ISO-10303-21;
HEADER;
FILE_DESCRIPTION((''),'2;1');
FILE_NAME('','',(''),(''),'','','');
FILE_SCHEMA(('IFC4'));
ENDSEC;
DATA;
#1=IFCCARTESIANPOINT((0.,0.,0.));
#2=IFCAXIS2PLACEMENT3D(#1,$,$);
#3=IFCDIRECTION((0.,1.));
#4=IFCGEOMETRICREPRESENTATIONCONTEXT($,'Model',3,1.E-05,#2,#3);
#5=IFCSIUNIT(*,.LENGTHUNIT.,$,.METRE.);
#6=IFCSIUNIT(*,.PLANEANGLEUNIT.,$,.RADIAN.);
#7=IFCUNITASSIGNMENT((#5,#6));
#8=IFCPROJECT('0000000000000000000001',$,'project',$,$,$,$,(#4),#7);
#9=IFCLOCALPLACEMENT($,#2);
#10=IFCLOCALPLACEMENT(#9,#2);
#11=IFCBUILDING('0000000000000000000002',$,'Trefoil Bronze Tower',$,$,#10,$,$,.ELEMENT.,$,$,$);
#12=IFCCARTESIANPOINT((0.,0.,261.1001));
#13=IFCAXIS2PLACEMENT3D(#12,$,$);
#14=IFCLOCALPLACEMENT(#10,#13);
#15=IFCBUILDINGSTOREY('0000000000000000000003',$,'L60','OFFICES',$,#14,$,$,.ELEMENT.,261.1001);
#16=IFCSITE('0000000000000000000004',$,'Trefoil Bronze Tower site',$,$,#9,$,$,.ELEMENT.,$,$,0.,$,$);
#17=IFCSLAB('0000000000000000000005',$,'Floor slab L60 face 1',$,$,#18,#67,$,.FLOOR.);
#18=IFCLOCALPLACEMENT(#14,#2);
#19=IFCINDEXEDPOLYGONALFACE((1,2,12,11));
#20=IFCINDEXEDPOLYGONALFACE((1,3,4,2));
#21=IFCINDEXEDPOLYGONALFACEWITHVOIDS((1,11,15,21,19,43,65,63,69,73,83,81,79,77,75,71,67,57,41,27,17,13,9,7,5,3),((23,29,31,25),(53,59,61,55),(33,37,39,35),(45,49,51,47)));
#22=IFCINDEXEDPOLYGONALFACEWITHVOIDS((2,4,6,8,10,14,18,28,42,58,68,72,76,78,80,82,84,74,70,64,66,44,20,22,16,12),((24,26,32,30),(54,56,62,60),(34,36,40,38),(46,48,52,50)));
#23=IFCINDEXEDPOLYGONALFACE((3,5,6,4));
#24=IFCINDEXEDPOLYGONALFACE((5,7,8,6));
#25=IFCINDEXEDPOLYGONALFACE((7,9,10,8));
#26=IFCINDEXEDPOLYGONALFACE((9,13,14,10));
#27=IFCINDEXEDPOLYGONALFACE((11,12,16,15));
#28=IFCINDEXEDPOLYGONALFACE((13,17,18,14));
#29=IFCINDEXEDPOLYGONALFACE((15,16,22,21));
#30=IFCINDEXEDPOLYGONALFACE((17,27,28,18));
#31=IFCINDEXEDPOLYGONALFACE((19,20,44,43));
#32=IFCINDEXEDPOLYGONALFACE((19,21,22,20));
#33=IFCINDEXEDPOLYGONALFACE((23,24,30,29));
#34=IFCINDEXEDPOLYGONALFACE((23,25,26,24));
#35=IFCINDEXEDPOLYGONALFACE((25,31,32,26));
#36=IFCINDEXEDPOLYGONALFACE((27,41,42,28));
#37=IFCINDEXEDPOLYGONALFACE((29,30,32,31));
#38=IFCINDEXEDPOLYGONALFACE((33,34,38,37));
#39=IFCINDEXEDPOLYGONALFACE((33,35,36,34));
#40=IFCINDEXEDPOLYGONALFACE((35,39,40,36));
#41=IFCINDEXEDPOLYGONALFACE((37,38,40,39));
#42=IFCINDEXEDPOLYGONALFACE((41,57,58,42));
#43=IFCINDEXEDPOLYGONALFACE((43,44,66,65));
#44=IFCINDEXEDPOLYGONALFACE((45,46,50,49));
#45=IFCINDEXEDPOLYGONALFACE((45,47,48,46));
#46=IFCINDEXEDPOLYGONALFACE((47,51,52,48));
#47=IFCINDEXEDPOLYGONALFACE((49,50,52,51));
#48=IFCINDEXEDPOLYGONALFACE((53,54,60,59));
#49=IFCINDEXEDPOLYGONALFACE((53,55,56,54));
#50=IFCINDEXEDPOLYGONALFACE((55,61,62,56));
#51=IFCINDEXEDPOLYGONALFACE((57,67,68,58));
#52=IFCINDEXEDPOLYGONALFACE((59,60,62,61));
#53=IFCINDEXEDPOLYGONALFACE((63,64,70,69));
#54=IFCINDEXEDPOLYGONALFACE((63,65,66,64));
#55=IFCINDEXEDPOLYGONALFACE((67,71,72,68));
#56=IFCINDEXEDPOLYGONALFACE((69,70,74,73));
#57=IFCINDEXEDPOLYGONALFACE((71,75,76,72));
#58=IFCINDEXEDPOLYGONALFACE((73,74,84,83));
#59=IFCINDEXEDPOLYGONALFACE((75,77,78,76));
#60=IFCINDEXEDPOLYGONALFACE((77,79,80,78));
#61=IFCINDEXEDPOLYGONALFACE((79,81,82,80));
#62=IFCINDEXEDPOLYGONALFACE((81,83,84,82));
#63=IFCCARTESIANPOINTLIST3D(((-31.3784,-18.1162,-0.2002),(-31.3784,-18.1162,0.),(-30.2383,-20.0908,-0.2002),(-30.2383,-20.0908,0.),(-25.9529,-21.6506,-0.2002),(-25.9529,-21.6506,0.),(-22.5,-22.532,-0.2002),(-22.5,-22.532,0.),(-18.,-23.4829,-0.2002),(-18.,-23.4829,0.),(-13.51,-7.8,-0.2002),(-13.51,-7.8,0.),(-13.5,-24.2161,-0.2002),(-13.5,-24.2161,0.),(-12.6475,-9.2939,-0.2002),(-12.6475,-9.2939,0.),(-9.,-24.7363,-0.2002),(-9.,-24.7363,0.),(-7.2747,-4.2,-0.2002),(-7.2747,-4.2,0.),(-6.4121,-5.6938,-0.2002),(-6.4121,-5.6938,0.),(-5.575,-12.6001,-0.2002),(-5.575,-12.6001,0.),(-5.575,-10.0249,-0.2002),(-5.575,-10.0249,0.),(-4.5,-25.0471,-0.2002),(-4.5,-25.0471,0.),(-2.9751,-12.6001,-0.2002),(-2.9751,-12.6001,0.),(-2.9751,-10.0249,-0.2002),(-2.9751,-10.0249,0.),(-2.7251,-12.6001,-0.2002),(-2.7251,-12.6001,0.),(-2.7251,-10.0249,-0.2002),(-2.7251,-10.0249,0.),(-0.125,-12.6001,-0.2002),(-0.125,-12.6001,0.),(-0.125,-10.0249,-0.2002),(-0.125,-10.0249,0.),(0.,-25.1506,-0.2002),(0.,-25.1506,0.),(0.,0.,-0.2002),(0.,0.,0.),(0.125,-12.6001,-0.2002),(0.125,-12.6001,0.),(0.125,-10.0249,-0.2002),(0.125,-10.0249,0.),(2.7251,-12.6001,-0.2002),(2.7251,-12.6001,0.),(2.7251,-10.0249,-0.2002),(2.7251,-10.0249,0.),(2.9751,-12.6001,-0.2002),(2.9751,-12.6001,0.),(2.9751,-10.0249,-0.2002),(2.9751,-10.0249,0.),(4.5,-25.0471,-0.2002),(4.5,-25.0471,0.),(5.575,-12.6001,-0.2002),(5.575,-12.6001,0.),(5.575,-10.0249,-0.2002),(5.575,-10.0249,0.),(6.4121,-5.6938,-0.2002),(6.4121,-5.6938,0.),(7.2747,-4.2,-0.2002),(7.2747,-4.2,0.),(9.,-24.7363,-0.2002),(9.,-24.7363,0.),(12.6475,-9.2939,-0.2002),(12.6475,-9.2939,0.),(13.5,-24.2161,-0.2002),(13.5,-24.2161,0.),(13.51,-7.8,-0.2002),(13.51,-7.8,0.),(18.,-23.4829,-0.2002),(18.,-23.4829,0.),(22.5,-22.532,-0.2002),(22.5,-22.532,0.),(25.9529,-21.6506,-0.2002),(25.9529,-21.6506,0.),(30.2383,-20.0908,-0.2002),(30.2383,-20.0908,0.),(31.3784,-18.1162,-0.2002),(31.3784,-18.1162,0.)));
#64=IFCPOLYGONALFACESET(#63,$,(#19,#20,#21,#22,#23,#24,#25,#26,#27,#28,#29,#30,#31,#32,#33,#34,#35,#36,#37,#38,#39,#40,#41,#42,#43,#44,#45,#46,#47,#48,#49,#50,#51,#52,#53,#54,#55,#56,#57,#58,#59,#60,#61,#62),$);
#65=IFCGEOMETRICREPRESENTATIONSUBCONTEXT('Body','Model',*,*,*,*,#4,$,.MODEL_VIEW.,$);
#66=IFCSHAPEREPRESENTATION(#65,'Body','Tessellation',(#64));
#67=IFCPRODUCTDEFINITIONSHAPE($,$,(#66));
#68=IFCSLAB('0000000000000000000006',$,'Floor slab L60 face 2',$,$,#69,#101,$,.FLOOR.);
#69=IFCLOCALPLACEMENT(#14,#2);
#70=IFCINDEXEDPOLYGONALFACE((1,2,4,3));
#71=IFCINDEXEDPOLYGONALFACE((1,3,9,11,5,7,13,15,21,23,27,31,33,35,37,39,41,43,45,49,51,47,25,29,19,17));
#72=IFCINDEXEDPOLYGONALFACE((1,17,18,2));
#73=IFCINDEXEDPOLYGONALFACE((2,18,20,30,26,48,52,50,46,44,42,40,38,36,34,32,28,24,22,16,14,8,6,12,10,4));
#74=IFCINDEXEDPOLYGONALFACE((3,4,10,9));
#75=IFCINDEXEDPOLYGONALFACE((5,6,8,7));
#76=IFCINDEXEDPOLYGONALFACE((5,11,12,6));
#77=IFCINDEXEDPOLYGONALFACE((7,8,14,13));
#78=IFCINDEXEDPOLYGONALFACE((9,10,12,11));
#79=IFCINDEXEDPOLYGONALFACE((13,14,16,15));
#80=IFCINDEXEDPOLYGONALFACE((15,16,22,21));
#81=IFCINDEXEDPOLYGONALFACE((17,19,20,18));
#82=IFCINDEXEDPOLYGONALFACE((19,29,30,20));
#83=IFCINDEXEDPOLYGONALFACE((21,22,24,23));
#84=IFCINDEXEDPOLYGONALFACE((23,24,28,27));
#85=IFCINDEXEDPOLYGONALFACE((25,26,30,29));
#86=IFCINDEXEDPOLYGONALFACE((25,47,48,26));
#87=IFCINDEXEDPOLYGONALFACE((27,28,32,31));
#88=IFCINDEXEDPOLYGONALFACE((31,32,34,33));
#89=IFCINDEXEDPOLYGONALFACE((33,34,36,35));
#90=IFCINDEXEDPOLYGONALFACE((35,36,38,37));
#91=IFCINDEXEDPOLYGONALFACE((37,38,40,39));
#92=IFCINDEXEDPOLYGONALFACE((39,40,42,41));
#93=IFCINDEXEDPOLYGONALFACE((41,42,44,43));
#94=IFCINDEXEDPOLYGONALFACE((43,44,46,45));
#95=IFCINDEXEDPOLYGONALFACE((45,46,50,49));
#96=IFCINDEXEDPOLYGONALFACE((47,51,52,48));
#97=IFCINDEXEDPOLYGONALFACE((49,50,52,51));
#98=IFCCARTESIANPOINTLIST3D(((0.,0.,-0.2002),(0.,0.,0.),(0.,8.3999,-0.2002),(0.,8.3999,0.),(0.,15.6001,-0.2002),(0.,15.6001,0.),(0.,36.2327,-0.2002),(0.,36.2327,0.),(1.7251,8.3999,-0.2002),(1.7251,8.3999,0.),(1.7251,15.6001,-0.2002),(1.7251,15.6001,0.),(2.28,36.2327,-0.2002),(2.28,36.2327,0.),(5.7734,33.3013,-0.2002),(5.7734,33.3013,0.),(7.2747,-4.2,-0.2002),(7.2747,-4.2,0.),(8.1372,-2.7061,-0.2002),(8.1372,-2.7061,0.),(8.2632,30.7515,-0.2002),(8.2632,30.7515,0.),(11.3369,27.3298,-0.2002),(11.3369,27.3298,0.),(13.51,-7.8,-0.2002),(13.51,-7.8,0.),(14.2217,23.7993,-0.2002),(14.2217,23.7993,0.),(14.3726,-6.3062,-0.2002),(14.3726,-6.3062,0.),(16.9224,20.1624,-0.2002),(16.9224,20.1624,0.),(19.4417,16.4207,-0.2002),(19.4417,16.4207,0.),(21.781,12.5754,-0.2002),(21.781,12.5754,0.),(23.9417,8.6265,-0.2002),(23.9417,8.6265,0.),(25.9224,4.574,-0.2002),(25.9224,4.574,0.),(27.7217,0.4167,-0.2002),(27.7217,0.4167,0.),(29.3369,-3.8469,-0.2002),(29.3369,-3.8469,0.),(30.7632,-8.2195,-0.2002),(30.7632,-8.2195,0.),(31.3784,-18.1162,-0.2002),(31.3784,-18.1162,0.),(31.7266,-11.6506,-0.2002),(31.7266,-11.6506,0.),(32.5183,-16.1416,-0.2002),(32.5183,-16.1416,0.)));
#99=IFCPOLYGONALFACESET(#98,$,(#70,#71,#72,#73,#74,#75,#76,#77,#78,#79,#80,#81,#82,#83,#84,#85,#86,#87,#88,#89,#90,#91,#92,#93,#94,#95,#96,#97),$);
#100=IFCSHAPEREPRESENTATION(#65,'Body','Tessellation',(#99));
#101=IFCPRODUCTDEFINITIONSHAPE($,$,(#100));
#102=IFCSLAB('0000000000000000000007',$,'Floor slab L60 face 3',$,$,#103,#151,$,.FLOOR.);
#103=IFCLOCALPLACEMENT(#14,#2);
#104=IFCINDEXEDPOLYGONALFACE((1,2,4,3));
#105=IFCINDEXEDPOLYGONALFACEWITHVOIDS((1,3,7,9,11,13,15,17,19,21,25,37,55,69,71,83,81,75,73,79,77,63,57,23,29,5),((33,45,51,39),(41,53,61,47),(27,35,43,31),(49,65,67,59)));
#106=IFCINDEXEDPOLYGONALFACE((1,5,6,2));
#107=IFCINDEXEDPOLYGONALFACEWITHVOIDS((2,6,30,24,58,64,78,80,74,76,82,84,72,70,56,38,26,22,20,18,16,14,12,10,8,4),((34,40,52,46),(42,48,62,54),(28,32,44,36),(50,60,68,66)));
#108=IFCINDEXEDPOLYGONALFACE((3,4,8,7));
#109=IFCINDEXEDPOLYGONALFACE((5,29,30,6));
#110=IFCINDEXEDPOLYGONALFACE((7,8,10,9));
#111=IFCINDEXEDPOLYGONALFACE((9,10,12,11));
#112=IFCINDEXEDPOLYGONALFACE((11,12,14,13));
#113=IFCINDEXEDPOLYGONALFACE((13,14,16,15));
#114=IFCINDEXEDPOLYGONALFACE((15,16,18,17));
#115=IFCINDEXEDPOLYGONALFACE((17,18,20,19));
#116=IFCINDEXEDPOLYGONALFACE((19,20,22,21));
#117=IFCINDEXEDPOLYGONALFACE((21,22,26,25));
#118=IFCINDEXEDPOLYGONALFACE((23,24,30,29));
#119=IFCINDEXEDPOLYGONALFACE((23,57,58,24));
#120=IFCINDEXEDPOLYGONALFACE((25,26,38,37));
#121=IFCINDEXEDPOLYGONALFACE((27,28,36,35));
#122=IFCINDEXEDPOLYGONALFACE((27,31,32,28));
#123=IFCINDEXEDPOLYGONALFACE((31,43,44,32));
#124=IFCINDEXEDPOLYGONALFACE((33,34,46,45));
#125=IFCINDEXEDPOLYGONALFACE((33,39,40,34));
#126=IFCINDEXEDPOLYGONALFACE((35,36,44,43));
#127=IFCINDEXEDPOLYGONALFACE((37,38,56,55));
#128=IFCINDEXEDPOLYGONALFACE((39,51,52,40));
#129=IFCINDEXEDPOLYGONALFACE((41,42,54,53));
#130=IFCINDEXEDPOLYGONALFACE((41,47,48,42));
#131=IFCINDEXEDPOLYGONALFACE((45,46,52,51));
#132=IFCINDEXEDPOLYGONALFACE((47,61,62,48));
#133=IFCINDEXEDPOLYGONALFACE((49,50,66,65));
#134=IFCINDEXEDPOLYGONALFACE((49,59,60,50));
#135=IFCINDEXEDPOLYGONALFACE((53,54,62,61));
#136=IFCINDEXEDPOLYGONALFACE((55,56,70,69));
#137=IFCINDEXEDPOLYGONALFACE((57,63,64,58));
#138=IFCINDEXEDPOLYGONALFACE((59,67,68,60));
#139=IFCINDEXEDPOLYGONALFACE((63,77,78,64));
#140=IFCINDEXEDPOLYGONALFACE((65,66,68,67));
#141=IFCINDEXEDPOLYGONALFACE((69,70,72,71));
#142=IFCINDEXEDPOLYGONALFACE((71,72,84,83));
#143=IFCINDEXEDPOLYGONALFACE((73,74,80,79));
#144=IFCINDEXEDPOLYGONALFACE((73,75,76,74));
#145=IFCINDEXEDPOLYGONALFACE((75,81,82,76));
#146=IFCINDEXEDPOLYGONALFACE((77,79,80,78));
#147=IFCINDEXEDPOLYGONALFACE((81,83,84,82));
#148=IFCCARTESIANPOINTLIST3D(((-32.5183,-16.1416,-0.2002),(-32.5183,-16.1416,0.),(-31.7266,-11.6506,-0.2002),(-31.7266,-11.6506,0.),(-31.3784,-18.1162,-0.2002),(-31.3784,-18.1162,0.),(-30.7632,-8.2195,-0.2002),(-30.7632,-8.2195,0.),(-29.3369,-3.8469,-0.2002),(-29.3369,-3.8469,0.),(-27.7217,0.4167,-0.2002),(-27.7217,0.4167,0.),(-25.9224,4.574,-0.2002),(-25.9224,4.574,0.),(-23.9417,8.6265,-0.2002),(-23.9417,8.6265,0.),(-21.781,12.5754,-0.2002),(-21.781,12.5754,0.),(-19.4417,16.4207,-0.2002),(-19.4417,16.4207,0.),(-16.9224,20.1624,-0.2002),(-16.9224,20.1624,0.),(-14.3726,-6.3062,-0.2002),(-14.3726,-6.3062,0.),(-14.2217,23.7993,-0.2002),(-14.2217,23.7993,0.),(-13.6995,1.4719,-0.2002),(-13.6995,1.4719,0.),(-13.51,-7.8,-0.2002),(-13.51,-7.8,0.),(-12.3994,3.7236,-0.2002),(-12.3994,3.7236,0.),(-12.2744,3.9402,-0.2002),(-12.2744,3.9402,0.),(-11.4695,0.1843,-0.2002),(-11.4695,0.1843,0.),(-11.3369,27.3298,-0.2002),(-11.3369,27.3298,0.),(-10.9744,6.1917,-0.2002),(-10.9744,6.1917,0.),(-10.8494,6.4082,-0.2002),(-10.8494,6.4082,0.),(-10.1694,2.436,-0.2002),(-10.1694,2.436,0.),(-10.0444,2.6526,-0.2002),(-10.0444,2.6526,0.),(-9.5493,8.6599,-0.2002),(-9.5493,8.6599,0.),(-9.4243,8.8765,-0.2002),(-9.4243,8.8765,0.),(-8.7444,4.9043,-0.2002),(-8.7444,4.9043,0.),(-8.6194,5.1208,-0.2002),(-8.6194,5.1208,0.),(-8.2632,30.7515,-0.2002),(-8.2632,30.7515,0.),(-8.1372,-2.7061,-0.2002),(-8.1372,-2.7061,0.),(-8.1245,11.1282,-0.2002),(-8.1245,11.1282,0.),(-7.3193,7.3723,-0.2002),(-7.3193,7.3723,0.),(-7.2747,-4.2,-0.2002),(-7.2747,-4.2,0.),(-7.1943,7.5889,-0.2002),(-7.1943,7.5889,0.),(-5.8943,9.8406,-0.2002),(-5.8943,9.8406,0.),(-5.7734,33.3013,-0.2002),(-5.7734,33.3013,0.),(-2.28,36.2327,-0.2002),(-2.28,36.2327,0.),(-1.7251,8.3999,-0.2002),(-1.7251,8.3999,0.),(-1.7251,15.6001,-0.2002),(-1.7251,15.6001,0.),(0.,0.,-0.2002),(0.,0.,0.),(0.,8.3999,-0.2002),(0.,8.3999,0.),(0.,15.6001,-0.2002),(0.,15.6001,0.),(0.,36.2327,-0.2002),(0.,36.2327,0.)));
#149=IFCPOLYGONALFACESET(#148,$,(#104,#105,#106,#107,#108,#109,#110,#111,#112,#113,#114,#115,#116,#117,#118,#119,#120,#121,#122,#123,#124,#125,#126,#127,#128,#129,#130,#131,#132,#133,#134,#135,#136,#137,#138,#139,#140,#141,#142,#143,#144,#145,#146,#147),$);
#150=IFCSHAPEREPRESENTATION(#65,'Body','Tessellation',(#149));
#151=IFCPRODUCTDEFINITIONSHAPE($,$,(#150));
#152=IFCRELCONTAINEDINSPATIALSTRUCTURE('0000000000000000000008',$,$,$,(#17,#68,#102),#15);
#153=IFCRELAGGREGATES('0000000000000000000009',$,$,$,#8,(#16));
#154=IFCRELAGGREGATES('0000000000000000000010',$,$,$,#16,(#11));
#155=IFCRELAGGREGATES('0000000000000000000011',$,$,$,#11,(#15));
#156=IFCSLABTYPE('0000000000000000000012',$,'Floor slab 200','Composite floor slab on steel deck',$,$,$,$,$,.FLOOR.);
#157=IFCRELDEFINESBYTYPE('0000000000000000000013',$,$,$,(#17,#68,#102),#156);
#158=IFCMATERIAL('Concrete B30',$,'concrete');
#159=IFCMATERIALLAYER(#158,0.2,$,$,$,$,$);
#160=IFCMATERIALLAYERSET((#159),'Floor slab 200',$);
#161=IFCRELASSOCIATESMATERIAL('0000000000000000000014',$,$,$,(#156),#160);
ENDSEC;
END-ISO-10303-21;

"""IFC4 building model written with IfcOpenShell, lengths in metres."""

from ifc_helpers import new_model, si_unit, direction, frame, origin, place, context, subcontext, project, spatial, polyline, outline, extrude, material, layer, layer_set, type_object, element, save


model = new_model("IFC4")

# Units and contexts
model_context = context("Model", 3, precision=1e-05, world=origin(), true_north=direction((0.0, 1.0)))
body_context = subcontext(model_context, "Body", "Model", "MODEL_VIEW")
ifc_project = project(units=[si_unit("LENGTHUNIT", "METRE"), si_unit("PLANEANGLEUNIT", "RADIAN")], contexts=[model_context])

# Site, building, storey
site_placement = place(None, origin())
site = spatial("IfcSite", under=ifc_project, at=site_placement, Name="Trefoil Bronze Tower site", CompositionType="ELEMENT", RefElevation=0.0)
building_placement = place(site_placement, origin())
building = spatial("IfcBuilding", under=site, at=building_placement, Name="Trefoil Bronze Tower", CompositionType="ELEMENT")
storey_placement = place(building_placement, frame((0.0, 0.0, 261.1001)))
storey = spatial("IfcBuildingStorey", under=building, at=storey_placement, Name="L60", Description="OFFICES", CompositionType="ELEMENT", Elevation=261.1001)

# Slabs
ifc_material_1 = material(Name="Concrete B30", Category="concrete")
ifc_layer_1 = layer(ifc_material_1, 0.2)
ifc_layer_set_1 = layer_set([ifc_layer_1], Name="Floor slab 200")
slab_type = type_object("IfcSlabType", Name="Floor slab 200", Description="Composite floor slab on steel deck", PredefinedType="FLOOR", material=ifc_layer_set_1)
slab_1_placement = place(storey_placement, frame((0.0, 0.0, -0.2002)))
element("IfcSlab", 1, at=slab_1_placement, inside=storey, type_object=slab_type, Name="Floor slab L60 face 1", PredefinedType="FLOOR", context=body_context, shape_type="SweptSolid", body=[
    extrude(outline(polyline([(18.0, -23.4829), (13.5, -24.2161), (9.0, -24.7363), (4.5, -25.0471), (0.0, -25.1506), (-4.5, -25.0471), (-9.0, -24.7363), (-13.5, -24.2161), (-18.0, -23.4829), (-22.5, -22.532), (-25.9529, -21.6506), (-30.2383, -20.0908), (-31.3784, -18.1162), (-13.51, -7.8), (-12.6475, -9.2939), (-6.4121, -5.6938), (-7.2747, -4.2), (0.0, 0.0), (7.2747, -4.2), (6.4121, -5.6938), (12.6475, -9.2939), (13.51, -7.8), (31.3784, -18.1162), (30.2383, -20.0908), (25.9529, -21.6506), (22.5, -22.532), (18.0, -23.4829)]), holes=[polyline([(-5.575, -10.0249), (-2.9751, -10.0249), (-2.9751, -12.6001), (-5.575, -12.6001), (-5.575, -10.0249)]), polyline([(-2.7251, -10.0249), (-0.125, -10.0249), (-0.125, -12.6001), (-2.7251, -12.6001), (-2.7251, -10.0249)]), polyline([(0.125, -10.0249), (2.7251, -10.0249), (2.7251, -12.6001), (0.125, -12.6001), (0.125, -10.0249)]), polyline([(2.9751, -10.0249), (5.575, -10.0249), (5.575, -12.6001), (2.9751, -12.6001), (2.9751, -10.0249)])]), origin(), (0.0, 0.0, 1.0), 0.2002),
])
slab_2_placement = place(storey_placement, frame((0.0, 0.0, -0.2002)))
element("IfcSlab", 2, at=slab_2_placement, inside=storey, type_object=slab_type, Name="Floor slab L60 face 2", PredefinedType="FLOOR", context=body_context, shape_type="SweptSolid", body=[
    extrude(outline(polyline([(11.3369, 27.3298), (14.2217, 23.7993), (16.9224, 20.1624), (19.4417, 16.4207), (21.781, 12.5754), (23.9417, 8.6265), (25.9224, 4.574), (27.7217, 0.4167), (29.3369, -3.8469), (30.7632, -8.2195), (31.7266, -11.6506), (32.5183, -16.1416), (31.3784, -18.1162), (13.51, -7.8), (14.3726, -6.3062), (8.1372, -2.7061), (7.2747, -4.2), (0.0, 0.0), (0.0, 8.3999), (1.7251, 8.3999), (1.7251, 15.6001), (0.0, 15.6001), (0.0, 36.2327), (2.28, 36.2327), (5.7734, 33.3013), (8.2632, 30.7515), (11.3369, 27.3298)])), origin(), (0.0, 0.0, 1.0), 0.2002),
])
slab_3_placement = place(storey_placement, frame((0.0, 0.0, -0.2002)))
element("IfcSlab", 3, at=slab_3_placement, inside=storey, type_object=slab_type, Name="Floor slab L60 face 3", PredefinedType="FLOOR", context=body_context, shape_type="SweptSolid", body=[
    extrude(outline(polyline([(-29.3369, -3.8469), (-27.7217, 0.4167), (-25.9224, 4.574), (-23.9417, 8.6265), (-21.781, 12.5754), (-19.4417, 16.4207), (-16.9224, 20.1624), (-14.2217, 23.7993), (-11.3369, 27.3298), (-8.2632, 30.7515), (-5.7734, 33.3013), (-2.28, 36.2327), (0.0, 36.2327), (0.0, 15.6001), (-1.7251, 15.6001), (-1.7251, 8.3999), (0.0, 8.3999), (0.0, 0.0), (-7.2747, -4.2), (-8.1372, -2.7061), (-14.3726, -6.3062), (-13.51, -7.8), (-31.3784, -18.1162), (-32.5183, -16.1416), (-31.7266, -11.6506), (-30.7632, -8.2195), (-29.3369, -3.8469)]), holes=[polyline([(-5.8943, 9.8406), (-7.1943, 7.5889), (-9.4243, 8.8765), (-8.1245, 11.1282), (-5.8943, 9.8406)]), polyline([(-7.3193, 7.3723), (-8.6194, 5.1208), (-10.8494, 6.4082), (-9.5493, 8.6599), (-7.3193, 7.3723)]), polyline([(-8.7444, 4.9043), (-10.0444, 2.6526), (-12.2744, 3.9402), (-10.9744, 6.1917), (-8.7444, 4.9043)]), polyline([(-10.1694, 2.436), (-11.4695, 0.1843), (-13.6995, 1.4719), (-12.3994, 3.7236), (-10.1694, 2.436)])]), origin(), (0.0, 0.0, 1.0), 0.2002),
])

save(model, "model.ifc")
